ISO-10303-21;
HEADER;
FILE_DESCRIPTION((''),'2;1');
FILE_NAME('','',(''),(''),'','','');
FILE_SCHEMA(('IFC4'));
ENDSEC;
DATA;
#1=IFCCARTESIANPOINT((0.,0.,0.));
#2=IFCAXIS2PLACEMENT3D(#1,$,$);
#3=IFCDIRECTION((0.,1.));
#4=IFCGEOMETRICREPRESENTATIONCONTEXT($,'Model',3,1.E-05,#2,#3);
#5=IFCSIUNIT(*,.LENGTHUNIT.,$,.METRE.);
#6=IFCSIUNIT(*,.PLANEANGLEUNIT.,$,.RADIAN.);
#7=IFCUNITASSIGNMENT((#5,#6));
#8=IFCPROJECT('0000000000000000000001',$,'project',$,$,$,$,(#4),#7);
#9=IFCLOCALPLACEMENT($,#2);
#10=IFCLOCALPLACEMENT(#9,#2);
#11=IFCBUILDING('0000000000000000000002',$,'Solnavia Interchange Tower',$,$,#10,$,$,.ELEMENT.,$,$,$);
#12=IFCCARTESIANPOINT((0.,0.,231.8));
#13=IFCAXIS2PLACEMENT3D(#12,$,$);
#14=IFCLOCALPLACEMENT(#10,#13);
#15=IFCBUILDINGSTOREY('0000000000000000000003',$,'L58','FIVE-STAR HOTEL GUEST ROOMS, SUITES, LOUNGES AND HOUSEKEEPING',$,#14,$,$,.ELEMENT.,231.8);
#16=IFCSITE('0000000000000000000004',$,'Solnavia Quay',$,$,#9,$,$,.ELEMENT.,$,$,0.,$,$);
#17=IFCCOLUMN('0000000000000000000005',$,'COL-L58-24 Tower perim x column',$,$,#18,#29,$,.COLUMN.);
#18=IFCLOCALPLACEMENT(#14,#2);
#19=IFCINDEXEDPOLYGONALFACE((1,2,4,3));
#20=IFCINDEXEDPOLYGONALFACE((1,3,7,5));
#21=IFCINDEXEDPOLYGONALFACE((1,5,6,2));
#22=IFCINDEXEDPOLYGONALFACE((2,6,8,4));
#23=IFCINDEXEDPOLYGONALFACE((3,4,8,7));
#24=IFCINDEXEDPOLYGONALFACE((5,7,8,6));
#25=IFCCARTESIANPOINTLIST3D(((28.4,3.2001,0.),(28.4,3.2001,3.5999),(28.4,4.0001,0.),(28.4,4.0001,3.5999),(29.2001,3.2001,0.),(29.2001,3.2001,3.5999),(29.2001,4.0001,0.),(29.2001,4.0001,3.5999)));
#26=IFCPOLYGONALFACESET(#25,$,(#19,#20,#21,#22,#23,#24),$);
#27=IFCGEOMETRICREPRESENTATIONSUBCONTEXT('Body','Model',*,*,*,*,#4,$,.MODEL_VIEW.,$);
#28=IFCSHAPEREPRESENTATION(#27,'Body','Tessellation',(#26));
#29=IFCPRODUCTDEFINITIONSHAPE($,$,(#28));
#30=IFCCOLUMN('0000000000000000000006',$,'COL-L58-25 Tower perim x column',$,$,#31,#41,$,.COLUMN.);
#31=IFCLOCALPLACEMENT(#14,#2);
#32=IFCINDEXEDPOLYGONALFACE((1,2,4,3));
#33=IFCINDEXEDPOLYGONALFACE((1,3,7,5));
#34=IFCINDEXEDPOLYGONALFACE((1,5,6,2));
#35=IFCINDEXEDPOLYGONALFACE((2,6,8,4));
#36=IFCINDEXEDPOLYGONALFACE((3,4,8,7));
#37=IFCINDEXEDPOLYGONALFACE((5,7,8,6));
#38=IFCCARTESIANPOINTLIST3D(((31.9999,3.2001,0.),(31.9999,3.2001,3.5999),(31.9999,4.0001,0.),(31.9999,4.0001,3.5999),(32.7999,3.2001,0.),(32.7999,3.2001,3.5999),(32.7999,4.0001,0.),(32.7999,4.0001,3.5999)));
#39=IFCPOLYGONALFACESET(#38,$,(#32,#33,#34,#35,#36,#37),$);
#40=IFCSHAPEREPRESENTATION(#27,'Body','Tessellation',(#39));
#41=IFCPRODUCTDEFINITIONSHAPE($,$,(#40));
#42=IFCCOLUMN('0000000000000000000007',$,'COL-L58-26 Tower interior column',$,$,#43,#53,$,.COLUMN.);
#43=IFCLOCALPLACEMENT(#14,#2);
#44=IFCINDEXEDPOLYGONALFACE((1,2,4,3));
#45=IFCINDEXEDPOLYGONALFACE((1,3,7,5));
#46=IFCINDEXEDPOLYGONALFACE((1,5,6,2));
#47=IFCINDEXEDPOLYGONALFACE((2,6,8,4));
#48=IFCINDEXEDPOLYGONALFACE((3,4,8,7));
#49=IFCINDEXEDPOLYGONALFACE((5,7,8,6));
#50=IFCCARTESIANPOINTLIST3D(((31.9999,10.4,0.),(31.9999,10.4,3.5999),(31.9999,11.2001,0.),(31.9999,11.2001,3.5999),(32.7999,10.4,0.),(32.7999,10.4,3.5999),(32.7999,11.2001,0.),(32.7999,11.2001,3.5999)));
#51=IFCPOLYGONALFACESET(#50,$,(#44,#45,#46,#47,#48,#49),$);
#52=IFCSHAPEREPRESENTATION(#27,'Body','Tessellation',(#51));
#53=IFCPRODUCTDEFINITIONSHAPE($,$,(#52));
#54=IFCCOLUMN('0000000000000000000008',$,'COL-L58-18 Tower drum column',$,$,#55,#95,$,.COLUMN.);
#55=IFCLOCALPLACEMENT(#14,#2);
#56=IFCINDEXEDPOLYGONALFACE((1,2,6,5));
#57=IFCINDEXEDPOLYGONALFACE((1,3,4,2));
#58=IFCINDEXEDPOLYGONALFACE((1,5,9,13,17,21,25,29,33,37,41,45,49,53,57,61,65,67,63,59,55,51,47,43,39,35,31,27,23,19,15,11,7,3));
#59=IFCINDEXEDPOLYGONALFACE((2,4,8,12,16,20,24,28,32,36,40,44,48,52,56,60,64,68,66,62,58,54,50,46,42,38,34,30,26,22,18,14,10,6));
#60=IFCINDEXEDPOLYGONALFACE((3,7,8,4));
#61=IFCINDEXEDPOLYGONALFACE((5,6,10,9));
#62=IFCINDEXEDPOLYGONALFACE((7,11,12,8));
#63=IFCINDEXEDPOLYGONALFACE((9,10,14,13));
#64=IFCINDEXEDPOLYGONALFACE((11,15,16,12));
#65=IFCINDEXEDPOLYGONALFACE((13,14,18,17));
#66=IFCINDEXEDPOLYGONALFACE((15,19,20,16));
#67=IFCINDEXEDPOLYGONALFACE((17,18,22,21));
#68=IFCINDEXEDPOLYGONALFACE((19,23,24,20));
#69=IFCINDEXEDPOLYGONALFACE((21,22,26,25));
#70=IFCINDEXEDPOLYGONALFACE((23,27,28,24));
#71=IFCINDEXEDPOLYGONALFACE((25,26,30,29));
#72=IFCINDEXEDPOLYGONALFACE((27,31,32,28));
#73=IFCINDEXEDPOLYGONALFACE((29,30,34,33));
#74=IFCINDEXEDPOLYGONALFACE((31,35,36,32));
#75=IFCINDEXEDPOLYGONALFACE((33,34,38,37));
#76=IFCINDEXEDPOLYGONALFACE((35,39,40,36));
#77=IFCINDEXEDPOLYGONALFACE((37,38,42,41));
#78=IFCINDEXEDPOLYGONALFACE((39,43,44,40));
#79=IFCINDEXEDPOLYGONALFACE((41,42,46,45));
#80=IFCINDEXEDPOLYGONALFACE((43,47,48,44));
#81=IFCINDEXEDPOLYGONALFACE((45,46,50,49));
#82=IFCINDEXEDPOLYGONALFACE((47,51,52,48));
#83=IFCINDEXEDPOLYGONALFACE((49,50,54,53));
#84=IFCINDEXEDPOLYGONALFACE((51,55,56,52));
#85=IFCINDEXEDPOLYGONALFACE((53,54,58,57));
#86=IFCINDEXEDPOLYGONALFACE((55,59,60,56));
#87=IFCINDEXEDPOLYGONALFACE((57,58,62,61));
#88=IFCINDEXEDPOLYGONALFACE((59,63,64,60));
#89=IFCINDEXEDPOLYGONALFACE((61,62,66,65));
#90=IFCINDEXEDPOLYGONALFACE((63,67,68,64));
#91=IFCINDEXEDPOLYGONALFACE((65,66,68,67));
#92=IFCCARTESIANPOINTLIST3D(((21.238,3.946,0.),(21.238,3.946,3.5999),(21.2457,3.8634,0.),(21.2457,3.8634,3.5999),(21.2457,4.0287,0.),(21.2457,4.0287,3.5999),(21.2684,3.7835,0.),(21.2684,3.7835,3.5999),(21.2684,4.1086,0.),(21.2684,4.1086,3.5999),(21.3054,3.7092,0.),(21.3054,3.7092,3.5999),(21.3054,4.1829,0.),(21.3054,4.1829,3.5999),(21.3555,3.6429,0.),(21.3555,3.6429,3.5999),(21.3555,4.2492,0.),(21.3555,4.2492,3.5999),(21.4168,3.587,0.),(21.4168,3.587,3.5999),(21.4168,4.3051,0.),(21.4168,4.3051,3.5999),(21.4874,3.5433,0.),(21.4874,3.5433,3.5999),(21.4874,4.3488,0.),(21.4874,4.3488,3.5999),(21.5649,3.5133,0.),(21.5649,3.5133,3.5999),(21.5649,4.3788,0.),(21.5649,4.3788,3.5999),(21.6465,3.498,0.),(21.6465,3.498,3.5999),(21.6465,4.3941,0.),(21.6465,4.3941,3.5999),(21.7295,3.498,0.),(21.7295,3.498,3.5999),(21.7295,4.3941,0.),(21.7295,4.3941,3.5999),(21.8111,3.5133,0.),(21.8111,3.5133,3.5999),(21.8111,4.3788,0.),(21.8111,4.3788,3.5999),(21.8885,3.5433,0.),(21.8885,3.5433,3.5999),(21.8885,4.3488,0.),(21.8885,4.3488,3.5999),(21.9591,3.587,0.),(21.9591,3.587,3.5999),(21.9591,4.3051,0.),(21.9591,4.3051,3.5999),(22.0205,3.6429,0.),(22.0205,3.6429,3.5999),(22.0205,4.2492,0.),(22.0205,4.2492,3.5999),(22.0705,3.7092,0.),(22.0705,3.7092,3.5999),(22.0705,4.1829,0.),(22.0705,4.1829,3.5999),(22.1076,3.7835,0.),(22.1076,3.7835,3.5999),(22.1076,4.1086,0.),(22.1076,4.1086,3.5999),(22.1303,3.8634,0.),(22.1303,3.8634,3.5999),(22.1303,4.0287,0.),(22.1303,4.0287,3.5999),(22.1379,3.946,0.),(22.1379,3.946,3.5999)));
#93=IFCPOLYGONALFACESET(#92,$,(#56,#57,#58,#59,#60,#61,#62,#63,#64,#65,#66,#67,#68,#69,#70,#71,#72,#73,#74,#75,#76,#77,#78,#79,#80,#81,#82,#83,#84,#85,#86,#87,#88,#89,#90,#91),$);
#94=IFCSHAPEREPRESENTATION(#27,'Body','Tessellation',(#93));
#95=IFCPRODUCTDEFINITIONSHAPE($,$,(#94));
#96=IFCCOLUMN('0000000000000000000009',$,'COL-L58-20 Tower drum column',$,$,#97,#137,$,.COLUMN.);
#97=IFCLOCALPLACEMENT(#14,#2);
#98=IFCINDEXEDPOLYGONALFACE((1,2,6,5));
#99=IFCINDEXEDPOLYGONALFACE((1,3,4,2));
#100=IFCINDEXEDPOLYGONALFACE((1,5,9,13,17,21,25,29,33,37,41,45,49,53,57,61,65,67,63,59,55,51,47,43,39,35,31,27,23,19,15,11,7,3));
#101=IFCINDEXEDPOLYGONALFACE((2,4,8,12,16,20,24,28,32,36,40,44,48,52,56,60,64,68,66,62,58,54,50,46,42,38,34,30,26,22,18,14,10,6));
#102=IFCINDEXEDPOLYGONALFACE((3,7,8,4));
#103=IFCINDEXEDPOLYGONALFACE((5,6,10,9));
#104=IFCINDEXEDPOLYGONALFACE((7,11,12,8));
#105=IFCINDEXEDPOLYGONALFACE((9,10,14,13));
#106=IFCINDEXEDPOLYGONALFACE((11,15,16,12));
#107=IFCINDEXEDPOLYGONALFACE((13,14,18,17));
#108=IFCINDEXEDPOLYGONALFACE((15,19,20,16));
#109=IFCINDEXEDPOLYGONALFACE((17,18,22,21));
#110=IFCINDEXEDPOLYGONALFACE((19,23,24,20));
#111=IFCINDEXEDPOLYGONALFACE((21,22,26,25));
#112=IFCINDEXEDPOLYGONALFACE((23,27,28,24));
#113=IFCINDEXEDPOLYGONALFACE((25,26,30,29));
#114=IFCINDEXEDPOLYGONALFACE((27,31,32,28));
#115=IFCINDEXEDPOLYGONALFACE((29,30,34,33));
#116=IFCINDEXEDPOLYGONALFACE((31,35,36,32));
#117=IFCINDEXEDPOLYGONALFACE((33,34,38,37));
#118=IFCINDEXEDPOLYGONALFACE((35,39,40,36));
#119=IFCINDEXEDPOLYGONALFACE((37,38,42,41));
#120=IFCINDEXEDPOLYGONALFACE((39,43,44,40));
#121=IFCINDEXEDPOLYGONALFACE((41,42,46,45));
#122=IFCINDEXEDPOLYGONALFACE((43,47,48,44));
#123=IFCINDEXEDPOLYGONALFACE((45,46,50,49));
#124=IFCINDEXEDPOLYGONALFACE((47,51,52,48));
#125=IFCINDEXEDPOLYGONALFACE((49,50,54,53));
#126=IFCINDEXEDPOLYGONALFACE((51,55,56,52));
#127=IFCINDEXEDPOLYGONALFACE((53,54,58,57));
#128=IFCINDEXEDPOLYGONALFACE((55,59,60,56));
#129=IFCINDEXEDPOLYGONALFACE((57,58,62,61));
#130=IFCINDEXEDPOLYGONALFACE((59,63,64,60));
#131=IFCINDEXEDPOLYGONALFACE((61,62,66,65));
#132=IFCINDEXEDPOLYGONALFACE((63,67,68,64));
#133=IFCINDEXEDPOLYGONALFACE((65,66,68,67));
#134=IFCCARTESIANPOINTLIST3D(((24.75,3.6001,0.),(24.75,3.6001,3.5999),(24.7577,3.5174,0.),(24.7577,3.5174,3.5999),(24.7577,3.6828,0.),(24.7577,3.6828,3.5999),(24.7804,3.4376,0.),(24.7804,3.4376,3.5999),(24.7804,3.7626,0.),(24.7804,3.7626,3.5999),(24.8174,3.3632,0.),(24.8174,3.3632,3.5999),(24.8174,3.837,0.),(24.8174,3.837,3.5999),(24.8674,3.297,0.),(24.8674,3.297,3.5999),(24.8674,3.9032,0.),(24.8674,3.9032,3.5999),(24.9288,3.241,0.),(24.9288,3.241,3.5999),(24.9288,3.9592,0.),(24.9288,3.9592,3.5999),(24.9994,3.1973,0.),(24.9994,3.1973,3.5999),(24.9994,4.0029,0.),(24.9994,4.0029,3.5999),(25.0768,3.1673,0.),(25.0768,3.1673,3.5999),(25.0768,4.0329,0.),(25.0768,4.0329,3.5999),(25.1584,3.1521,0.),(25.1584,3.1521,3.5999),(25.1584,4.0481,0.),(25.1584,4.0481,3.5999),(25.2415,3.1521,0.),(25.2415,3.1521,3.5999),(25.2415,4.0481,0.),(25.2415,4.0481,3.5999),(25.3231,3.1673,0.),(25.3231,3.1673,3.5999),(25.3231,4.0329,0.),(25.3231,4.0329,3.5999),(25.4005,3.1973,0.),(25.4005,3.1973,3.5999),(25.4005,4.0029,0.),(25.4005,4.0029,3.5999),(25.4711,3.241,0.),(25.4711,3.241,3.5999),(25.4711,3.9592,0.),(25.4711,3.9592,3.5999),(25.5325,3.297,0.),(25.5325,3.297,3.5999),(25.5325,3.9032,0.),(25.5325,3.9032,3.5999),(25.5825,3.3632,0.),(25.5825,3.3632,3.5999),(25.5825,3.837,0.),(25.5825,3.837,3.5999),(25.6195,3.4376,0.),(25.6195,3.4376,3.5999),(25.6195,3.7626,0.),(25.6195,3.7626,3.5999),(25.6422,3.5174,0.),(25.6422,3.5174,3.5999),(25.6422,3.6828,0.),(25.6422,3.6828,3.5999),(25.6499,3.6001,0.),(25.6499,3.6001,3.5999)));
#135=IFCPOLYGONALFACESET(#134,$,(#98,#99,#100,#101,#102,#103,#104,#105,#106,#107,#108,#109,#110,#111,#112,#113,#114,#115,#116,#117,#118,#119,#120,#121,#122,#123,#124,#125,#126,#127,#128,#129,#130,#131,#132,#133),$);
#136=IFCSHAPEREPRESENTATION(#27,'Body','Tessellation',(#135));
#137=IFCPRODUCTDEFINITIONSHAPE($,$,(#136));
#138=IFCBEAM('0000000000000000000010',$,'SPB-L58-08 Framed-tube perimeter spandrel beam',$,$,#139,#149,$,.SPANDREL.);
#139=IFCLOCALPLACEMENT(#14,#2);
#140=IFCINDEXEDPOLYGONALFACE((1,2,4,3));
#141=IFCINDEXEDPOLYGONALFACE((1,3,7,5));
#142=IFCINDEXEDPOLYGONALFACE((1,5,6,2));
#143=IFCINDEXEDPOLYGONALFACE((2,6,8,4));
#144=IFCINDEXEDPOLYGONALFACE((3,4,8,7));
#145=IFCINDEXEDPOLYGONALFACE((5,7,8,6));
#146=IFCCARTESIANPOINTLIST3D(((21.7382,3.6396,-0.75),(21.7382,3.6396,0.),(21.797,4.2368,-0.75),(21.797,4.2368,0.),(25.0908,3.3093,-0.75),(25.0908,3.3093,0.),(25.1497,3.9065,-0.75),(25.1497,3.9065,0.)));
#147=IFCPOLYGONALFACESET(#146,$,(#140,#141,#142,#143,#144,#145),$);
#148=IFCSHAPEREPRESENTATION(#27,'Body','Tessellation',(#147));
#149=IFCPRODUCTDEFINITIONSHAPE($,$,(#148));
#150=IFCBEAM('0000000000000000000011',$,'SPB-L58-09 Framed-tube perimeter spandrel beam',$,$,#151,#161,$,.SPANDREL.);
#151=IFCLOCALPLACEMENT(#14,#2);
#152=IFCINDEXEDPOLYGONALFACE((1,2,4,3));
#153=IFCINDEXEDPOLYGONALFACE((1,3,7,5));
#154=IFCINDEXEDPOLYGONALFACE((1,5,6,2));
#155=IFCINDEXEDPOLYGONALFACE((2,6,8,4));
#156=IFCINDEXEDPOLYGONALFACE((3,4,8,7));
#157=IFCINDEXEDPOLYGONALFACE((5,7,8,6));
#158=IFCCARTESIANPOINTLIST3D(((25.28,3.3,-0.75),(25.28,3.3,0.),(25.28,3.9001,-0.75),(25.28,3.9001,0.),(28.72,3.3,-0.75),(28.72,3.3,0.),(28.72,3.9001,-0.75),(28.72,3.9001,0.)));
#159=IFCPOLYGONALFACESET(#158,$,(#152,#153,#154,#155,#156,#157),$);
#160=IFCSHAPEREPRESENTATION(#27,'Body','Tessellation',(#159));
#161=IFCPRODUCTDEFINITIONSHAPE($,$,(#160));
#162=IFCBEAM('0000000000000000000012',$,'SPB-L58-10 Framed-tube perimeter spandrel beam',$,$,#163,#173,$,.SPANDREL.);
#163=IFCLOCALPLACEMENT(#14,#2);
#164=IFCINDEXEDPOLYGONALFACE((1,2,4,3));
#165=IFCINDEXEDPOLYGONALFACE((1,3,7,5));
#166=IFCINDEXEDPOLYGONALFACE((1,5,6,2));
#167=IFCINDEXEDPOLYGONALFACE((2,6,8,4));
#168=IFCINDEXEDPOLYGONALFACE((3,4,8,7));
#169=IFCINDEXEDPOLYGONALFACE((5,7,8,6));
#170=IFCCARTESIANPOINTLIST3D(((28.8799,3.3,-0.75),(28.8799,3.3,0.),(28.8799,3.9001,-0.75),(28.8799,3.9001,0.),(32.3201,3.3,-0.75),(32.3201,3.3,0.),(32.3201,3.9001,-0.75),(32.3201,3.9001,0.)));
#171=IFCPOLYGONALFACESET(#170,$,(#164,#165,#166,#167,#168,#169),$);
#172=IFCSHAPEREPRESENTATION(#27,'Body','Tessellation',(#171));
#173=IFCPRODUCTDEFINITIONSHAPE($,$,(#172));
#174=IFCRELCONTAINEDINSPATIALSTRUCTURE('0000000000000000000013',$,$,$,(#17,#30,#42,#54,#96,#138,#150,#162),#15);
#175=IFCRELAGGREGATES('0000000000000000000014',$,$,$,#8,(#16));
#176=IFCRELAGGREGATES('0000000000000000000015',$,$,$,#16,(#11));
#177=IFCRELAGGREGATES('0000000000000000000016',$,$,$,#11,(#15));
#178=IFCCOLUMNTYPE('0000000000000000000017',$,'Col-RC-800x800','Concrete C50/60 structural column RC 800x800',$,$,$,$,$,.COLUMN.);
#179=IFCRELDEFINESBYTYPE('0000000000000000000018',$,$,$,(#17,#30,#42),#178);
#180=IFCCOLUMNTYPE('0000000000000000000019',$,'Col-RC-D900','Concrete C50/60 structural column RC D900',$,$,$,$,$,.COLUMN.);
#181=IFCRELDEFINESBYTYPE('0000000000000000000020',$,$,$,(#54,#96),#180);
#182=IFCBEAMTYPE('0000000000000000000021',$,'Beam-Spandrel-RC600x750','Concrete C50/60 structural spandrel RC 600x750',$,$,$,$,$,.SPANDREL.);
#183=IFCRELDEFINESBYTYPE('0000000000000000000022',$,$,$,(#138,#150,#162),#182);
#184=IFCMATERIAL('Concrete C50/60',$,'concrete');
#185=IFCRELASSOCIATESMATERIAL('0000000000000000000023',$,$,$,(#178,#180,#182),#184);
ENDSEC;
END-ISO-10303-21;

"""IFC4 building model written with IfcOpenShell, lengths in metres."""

from ifc_helpers import new_model, si_unit, direction, frame, origin, origin_2d, place, context, subcontext, project, spatial, rectangle, circle, extrude, material, material_profile, profile_set, type_object, element, save


model = new_model("IFC4")

# Units and contexts
model_context = context("Model", 3, precision=1e-05, world=origin(), true_north=direction((0.0, 1.0)))
body_context = subcontext(model_context, "Body", "Model", "MODEL_VIEW")
ifc_project = project(units=[si_unit("LENGTHUNIT", "METRE"), si_unit("PLANEANGLEUNIT", "RADIAN")], contexts=[model_context])

# Site, building, storey
site_placement = place(None, origin())
site = spatial("IfcSite", under=ifc_project, at=site_placement, Name="Solnavia Quay", CompositionType="ELEMENT", RefElevation=0.0)
building_placement = place(site_placement, origin())
building = spatial("IfcBuilding", under=site, at=building_placement, Name="Solnavia Interchange Tower", CompositionType="ELEMENT")
storey_placement = place(building_placement, frame((0.0, 0.0, 231.8)))
storey = spatial("IfcBuildingStorey", under=building, at=storey_placement, Name="L58", Description="FIVE-STAR HOTEL GUEST ROOMS, SUITES, LOUNGES AND HOUSEKEEPING", CompositionType="ELEMENT", Elevation=231.8)

# Columns
ifc_material_1 = material(Name="Concrete C50/60", Category="concrete")
ifc_material_profile_1 = material_profile(ifc_material_1, rectangle(XDim=0.8, YDim=0.8, at=origin_2d()), Name="RC 800x800")
ifc_profile_set_1 = profile_set([ifc_material_profile_1], Name="Concrete C50/60")
column_type_1 = type_object("IfcColumnType", Name="Col-RC-800x800", Description="Concrete C50/60 structural column RC 800x800", PredefinedType="COLUMN", material=ifc_profile_set_1)
for number, where, z_axis, x_axis, name in (
    (1, (28.8, 3.6001, 0.0), (0.0, 0.0, 1.0), (1.0, 0.0, 0.0), "COL-L58-24 Tower perim x column"),
    (2, (32.3999, 3.6001, 0.0), (0.0, 0.0, 1.0), (1.0, 0.0, 0.0), "COL-L58-25 Tower perim x column"),
    (3, (32.3999, 10.8, 0.0), (0.0, 0.0, 1.0), (1.0, 0.0, 0.0), "COL-L58-26 Tower interior column"),
):
    element("IfcColumn", number, at=place(storey_placement, frame(where, z_axis=z_axis, x_axis=x_axis)), inside=storey, type_object=column_type_1, Name=name, PredefinedType="COLUMN", context=body_context, shape_type="SweptSolid", body=[
        extrude(rectangle(XDim=0.8, YDim=0.8, at=origin_2d()), origin(), (0.0, 0.0, 1.0), 3.5999),
    ])
ifc_material_profile_2 = material_profile(ifc_material_1, circle(Radius=0.45, at=origin_2d()), Name="RC D900")
ifc_profile_set_2 = profile_set([ifc_material_profile_2], Name="Concrete C50/60")
column_type_2 = type_object("IfcColumnType", Name="Col-RC-D900", Description="Concrete C50/60 structural column RC D900", PredefinedType="COLUMN", material=ifc_profile_set_2)
for number, where, z_axis, x_axis, name in (
    (4, (21.688, 3.946, 0.0), (0.0, 0.0, 1.0), (1.0, 0.0, 0.0), "COL-L58-18 Tower drum column"),
    (5, (25.2, 3.6001, 0.0), (0.0, 0.0, 1.0), (1.0, 0.0, 0.0), "COL-L58-20 Tower drum column"),
):
    element("IfcColumn", number, at=place(storey_placement, frame(where, z_axis=z_axis, x_axis=x_axis)), inside=storey, type_object=column_type_2, Name=name, PredefinedType="COLUMN", context=body_context, shape_type="SweptSolid", body=[
        extrude(circle(Radius=0.45, at=origin_2d()), origin(), (0.0, 0.0, 1.0), 3.5999),
    ])

# Beams
ifc_material_profile_3 = material_profile(ifc_material_1, rectangle(XDim=0.6001, YDim=0.75, at=origin_2d()), Name="RC 600x750")
ifc_profile_set_3 = profile_set([ifc_material_profile_3], Name="Concrete C50/60")
beam_type = type_object("IfcBeamType", Name="Beam-Spandrel-RC600x750", Description="Concrete C50/60 structural spandrel RC 600x750", PredefinedType="SPANDREL", material=ifc_profile_set_3)
beam_1_placement = place(storey_placement, frame((21.7676, 3.9382, -0.375), z_axis=(0.995182, -0.098047, 0.0), x_axis=(0.098047, 0.995182, 0.0)))
element("IfcBeam", 6, at=beam_1_placement, inside=storey, type_object=beam_type, Name="SPB-L58-08 Framed-tube perimeter spandrel beam", PredefinedType="SPANDREL", context=body_context, shape_type="SweptSolid", body=[
    extrude(rectangle(XDim=0.6001, YDim=0.75, at=origin_2d()), origin(), (0.0, 0.0, 1.0), 3.3689),
])
beam_2_placement = place(storey_placement, frame((25.28, 3.6001, -0.375), z_axis=(1.0, 0.0, 0.0), x_axis=(0.0, 1.0, 0.0)))
element("IfcBeam", 7, at=beam_2_placement, inside=storey, type_object=beam_type, Name="SPB-L58-09 Framed-tube perimeter spandrel beam", PredefinedType="SPANDREL", context=body_context, shape_type="SweptSolid", body=[
    extrude(rectangle(XDim=0.6001, YDim=0.75, at=origin_2d()), origin(), (0.0, 0.0, 1.0), 3.4399),
])
beam_3_placement = place(storey_placement, frame((28.8799, 3.6001, -0.375), z_axis=(1.0, 0.0, 0.0), x_axis=(0.0, 1.0, 0.0)))
element("IfcBeam", 8, at=beam_3_placement, inside=storey, type_object=beam_type, Name="SPB-L58-10 Framed-tube perimeter spandrel beam", PredefinedType="SPANDREL", context=body_context, shape_type="SweptSolid", body=[
    extrude(rectangle(XDim=0.6001, YDim=0.75, at=origin_2d()), origin(), (0.0, 0.0, 1.0), 3.4402),
])

save(model, "model.ifc")
